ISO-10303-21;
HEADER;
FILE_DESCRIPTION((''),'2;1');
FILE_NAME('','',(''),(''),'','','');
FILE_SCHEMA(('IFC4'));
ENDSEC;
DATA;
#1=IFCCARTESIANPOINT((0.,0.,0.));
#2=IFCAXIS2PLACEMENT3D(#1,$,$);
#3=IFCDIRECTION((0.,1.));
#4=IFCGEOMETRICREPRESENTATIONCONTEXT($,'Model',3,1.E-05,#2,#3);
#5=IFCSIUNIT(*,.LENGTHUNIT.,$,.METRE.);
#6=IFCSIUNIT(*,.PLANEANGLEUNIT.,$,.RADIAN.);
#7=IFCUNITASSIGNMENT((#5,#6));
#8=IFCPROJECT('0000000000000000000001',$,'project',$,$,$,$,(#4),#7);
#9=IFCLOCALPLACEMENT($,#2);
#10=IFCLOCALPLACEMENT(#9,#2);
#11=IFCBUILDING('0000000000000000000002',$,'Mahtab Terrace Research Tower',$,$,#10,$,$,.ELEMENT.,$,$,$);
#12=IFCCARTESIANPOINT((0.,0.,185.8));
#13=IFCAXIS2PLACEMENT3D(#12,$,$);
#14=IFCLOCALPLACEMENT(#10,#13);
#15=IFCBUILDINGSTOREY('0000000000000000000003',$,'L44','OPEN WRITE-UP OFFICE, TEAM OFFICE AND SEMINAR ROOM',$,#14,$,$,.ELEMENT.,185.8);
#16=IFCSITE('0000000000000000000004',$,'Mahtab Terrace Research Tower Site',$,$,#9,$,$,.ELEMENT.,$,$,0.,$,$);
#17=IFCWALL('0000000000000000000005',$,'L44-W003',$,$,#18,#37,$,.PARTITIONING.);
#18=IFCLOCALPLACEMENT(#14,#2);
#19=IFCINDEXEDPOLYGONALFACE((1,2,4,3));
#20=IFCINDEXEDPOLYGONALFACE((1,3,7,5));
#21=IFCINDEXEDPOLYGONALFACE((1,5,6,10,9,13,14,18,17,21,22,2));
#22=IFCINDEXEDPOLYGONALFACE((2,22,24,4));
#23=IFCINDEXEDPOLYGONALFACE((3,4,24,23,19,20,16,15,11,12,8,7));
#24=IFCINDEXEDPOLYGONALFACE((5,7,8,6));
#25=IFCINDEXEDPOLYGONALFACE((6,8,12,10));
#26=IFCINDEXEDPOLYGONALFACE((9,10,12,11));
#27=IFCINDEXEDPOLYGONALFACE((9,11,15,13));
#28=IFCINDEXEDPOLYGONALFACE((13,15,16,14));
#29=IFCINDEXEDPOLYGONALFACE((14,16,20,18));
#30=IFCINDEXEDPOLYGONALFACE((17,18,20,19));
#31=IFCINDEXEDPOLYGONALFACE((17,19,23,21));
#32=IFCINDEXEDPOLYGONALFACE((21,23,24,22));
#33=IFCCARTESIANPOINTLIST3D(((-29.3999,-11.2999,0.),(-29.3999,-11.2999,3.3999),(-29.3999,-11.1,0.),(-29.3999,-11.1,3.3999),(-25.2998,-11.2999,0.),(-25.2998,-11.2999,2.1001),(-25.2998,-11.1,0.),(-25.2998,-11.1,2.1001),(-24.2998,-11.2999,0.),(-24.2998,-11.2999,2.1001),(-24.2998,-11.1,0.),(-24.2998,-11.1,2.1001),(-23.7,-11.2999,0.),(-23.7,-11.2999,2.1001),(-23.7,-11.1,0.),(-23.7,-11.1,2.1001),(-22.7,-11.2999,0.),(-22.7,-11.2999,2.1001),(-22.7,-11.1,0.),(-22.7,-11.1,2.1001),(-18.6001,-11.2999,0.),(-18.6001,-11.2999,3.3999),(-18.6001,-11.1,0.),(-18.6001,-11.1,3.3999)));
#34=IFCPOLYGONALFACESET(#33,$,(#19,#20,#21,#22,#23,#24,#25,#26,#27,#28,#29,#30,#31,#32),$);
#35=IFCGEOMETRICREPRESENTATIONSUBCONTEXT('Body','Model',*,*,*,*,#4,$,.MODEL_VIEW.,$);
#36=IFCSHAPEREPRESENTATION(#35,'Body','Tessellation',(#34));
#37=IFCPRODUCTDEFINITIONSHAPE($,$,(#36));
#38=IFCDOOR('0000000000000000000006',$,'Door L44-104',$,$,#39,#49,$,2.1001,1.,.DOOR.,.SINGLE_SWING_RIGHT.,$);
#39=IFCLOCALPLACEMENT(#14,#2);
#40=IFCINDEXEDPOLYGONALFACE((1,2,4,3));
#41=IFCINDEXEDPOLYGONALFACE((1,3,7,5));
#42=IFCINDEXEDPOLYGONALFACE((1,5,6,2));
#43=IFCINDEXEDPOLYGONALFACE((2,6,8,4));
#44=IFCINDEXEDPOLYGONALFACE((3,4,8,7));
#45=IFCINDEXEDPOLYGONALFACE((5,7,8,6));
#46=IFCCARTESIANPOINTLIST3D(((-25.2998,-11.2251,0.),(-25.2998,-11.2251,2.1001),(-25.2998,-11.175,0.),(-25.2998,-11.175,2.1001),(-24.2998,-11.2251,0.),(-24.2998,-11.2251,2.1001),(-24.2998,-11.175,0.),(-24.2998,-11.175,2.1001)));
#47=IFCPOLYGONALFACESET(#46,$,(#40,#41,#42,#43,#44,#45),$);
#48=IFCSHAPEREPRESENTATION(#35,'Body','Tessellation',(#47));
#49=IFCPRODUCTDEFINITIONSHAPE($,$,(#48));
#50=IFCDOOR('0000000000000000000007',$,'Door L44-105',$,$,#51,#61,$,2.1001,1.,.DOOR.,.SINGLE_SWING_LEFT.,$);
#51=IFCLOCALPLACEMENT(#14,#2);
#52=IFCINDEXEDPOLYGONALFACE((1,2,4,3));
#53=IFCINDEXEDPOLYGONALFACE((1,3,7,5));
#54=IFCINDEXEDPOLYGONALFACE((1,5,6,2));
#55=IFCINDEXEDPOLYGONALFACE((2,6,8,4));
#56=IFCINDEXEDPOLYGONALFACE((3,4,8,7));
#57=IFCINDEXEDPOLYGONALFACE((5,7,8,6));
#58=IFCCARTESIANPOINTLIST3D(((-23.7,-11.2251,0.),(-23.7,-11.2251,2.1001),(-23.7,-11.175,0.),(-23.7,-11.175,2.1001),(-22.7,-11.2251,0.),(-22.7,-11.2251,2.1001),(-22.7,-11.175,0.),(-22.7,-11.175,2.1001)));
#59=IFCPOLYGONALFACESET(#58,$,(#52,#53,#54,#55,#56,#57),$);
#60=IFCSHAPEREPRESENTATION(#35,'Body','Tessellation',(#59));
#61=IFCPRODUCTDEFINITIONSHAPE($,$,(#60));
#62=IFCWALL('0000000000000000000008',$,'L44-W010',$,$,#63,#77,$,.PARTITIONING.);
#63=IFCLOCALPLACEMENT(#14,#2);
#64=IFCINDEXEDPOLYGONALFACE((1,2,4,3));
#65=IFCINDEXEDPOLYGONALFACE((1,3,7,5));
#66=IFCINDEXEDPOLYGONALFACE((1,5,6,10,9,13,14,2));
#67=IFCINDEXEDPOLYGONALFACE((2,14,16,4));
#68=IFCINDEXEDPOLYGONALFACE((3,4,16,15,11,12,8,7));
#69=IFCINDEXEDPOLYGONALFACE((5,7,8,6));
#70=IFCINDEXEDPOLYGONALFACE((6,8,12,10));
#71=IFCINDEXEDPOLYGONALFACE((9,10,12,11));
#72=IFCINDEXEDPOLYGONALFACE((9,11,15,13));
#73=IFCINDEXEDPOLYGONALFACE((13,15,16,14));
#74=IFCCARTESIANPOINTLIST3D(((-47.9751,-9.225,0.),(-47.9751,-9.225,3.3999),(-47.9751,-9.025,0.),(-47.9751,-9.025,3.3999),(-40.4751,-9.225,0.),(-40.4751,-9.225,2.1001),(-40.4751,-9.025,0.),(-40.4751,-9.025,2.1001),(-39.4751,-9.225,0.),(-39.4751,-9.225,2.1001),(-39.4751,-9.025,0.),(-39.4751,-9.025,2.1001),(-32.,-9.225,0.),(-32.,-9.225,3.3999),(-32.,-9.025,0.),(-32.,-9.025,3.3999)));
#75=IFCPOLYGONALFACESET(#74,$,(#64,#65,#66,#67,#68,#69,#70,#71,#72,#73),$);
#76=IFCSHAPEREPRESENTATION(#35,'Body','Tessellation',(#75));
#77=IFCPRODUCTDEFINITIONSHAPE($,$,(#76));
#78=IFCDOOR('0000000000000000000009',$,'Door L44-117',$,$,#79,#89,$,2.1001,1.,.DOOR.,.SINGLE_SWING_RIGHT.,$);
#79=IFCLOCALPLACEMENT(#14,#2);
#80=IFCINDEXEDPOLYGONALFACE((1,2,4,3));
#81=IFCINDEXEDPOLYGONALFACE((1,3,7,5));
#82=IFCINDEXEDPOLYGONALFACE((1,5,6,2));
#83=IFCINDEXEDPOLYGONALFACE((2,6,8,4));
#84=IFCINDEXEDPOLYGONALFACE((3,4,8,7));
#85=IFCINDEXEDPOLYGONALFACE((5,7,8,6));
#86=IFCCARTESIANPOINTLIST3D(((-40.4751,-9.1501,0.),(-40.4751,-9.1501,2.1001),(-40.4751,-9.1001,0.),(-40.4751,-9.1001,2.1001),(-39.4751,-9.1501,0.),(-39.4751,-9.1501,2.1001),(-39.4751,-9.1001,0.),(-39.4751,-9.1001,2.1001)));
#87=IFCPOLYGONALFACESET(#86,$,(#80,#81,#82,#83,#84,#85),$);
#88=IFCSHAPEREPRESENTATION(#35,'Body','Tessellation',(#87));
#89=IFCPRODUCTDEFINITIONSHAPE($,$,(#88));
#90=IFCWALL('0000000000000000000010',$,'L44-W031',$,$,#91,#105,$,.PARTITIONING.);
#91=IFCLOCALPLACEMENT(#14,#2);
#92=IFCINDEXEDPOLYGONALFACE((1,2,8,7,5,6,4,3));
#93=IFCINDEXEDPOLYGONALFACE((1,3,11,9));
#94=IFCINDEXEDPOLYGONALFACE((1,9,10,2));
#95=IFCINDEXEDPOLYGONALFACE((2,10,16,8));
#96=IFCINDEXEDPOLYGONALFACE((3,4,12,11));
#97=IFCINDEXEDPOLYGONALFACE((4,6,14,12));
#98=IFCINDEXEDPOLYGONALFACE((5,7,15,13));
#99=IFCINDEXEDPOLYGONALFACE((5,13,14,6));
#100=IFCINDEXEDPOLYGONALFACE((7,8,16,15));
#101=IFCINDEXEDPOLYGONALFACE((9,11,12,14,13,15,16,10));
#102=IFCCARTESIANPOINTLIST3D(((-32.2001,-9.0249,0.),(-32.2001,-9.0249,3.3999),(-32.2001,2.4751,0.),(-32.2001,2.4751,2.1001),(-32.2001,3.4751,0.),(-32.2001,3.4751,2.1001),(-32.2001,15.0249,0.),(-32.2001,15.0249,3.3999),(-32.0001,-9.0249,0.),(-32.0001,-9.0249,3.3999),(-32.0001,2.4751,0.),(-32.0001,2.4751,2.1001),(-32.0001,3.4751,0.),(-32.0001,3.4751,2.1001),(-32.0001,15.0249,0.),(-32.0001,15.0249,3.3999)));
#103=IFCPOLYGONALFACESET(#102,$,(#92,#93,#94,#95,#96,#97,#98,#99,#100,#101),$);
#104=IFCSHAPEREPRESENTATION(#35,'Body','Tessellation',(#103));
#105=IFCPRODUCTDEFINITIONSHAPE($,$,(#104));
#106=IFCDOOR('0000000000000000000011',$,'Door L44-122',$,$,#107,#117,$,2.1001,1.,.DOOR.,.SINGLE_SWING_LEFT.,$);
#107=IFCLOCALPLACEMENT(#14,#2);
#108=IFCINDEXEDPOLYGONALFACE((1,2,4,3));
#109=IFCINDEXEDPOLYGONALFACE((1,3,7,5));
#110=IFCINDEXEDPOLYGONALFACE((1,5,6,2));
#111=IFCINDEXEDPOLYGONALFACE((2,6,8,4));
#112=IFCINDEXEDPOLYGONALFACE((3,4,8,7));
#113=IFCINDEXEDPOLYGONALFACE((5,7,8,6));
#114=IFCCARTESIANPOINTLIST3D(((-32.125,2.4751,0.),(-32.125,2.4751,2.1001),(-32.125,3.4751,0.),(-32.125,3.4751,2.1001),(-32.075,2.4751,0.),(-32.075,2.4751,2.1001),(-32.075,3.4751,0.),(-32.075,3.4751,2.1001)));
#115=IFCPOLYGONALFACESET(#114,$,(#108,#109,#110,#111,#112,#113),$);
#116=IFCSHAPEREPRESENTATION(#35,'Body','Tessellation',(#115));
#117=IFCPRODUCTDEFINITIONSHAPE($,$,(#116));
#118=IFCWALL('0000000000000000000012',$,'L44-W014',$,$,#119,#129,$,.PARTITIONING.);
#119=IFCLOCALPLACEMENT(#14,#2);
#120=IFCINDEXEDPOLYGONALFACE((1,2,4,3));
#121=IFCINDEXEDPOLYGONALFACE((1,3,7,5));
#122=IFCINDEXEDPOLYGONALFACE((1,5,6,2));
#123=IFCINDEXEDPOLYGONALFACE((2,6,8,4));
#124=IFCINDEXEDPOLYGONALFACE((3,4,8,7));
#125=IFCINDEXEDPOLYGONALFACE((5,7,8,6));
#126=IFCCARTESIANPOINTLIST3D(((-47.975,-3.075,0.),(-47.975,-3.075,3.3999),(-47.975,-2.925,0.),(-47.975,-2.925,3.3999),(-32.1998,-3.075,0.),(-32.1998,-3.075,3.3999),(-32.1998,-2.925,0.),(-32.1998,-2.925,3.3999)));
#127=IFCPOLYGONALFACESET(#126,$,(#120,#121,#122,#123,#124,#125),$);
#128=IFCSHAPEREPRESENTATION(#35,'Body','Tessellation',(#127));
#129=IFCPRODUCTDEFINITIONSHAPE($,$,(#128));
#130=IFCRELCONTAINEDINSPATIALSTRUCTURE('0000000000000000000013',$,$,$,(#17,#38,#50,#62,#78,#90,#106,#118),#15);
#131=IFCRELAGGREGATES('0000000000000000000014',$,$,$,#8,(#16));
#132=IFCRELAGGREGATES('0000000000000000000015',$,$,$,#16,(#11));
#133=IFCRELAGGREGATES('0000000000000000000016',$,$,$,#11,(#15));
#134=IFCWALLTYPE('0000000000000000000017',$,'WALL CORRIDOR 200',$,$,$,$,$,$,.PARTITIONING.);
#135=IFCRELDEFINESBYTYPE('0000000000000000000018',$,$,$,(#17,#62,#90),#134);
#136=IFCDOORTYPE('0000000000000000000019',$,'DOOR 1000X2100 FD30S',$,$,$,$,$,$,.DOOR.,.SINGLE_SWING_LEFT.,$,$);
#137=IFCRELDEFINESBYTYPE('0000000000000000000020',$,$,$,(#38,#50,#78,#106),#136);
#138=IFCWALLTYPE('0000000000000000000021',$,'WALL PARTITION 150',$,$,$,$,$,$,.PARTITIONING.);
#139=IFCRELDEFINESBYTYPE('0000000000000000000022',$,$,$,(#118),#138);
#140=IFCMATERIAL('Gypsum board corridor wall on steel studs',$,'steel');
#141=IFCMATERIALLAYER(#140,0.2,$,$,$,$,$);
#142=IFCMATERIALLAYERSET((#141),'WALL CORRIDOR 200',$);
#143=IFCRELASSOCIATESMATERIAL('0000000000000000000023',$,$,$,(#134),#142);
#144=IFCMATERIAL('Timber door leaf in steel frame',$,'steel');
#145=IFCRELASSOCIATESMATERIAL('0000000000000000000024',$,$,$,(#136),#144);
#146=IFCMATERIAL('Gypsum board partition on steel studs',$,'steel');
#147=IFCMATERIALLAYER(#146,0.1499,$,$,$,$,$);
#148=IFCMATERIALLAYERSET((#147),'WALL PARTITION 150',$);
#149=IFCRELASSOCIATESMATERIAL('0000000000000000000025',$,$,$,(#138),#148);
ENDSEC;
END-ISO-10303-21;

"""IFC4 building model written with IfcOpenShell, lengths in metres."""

from ifc_helpers import new_model, si_unit, direction, frame, frame_2d, origin, place, context, subcontext, project, spatial, rectangle, extrude, material, layer, layer_set, type_object, element, fill, save


model = new_model("IFC4")

# Units and contexts
model_context = context("Model", 3, precision=1e-05, world=origin(), true_north=direction((0.0, 1.0)))
body_context = subcontext(model_context, "Body", "Model", "MODEL_VIEW")
ifc_project = project(units=[si_unit("LENGTHUNIT", "METRE"), si_unit("PLANEANGLEUNIT", "RADIAN")], contexts=[model_context])

# Site, building, storey
site_placement = place(None, origin())
site = spatial("IfcSite", under=ifc_project, at=site_placement, Name="Mahtab Terrace Research Tower Site", CompositionType="ELEMENT", RefElevation=0.0)
building_placement = place(site_placement, origin())
building = spatial("IfcBuilding", under=site, at=building_placement, Name="Mahtab Terrace Research Tower", CompositionType="ELEMENT")
storey_placement = place(building_placement, frame((0.0, 0.0, 185.8)))
storey = spatial("IfcBuildingStorey", under=building, at=storey_placement, Name="L44", Description="OPEN WRITE-UP OFFICE, TEAM OFFICE AND SEMINAR ROOM", CompositionType="ELEMENT", Elevation=185.8)

# Shared definitions
ifc_material_1 = material(Name="Gypsum board corridor wall on steel studs", Category="steel")
ifc_layer_1 = layer(ifc_material_1, 0.2)
ifc_layer_set_1 = layer_set([ifc_layer_1], Name="WALL CORRIDOR 200")
wall_type_1 = type_object("IfcWallType", Name="WALL CORRIDOR 200", PredefinedType="PARTITIONING", material=ifc_layer_set_1)
ifc_material_2 = material(Name="Timber door leaf in steel frame", Category="steel")

# Wall, openings, doors
door_type_1 = type_object("IfcDoorType", Name="DOOR 1000X2100 FD30S", OperationType="SINGLE_SWING_LEFT", PredefinedType="DOOR", material=ifc_material_2)
wall_1_placement = place(storey_placement, frame((-29.3999, -11.2, 0.0), z_axis=(0.0, 0.0, 1.0), x_axis=(1.0, 0.0, 0.0)))
wall_1 = element("IfcWall", 1, at=wall_1_placement, inside=storey, type_object=wall_type_1, Name="L44-W003", PredefinedType="PARTITIONING", context=body_context, shape_type="SweptSolid", body=[
    extrude(rectangle(XDim=10.7998, YDim=0.2, at=frame_2d((5.3999, 0.0))), origin(), (0.0, 0.0, 1.0), 3.3999),
])
opening_1_placement = place(wall_1_placement, frame((4.1001, 0.0, 0.0)))
opening_1 = element("IfcOpeningElement", 2, at=opening_1_placement, cuts=wall_1, PredefinedType="OPENING", context=body_context, shape_type="SweptSolid", body=[
    extrude(rectangle(XDim=1.0, YDim=2.1001, at=frame_2d((0.5, 1.05))), frame((0.0, 0.1099, 0.0), z_axis=(0.0, -1.0, 0.0), x_axis=(1.0, 0.0, 0.0)), (0.0, 0.0, 1.0), 0.22),
])
opening_2_placement = place(wall_1_placement, frame((5.7, 0.0, 0.0)))
opening_2 = element("IfcOpeningElement", 3, at=opening_2_placement, cuts=wall_1, PredefinedType="OPENING", context=body_context, shape_type="SweptSolid", body=[
    extrude(rectangle(XDim=1.0, YDim=2.1001, at=frame_2d((0.5, 1.05))), frame((0.0, 0.1099, 0.0), z_axis=(0.0, -1.0, 0.0), x_axis=(1.0, 0.0, 0.0)), (0.0, 0.0, 1.0), 0.22),
])
door_1_placement = place(opening_1_placement, origin())
door_1 = element("IfcDoor", 4, at=door_1_placement, inside=storey, type_object=door_type_1, Name="Door L44-104", OperationType="SINGLE_SWING_RIGHT", OverallHeight=2.1001, OverallWidth=1.0, PredefinedType="DOOR", context=body_context, shape_type="SweptSolid", body=[
    extrude(rectangle(XDim=1.0, YDim=2.1001, at=frame_2d((0.5, 1.05))), frame((0.0, 0.0249, 0.0), z_axis=(0.0, -1.0, 0.0), x_axis=(1.0, 0.0, 0.0)), (0.0, 0.0, 1.0), 0.05),
])
fill(opening_1, door_1)
door_2_placement = place(opening_2_placement, origin())
door_2 = element("IfcDoor", 5, at=door_2_placement, inside=storey, type_object=door_type_1, Name="Door L44-105", OperationType="SINGLE_SWING_LEFT", OverallHeight=2.1001, OverallWidth=1.0, PredefinedType="DOOR", context=body_context, shape_type="SweptSolid", body=[
    extrude(rectangle(XDim=1.0, YDim=2.1001, at=frame_2d((0.5, 1.05))), frame((0.0, 0.0249, 0.0), z_axis=(0.0, -1.0, 0.0), x_axis=(1.0, 0.0, 0.0)), (0.0, 0.0, 1.0), 0.05),
])
fill(opening_2, door_2)

# Walls, openings, doors
wall_2_placement = place(storey_placement, frame((-47.9751, -9.125, 0.0), z_axis=(0.0, 0.0, 1.0), x_axis=(1.0, 0.0, 0.0)))
wall_2 = element("IfcWall", 6, at=wall_2_placement, inside=storey, type_object=wall_type_1, Name="L44-W010", PredefinedType="PARTITIONING", context=body_context, shape_type="SweptSolid", body=[
    extrude(rectangle(XDim=15.9751, YDim=0.2, at=frame_2d((7.9875, 0.0))), origin(), (0.0, 0.0, 1.0), 3.3999),
])
opening_3_placement = place(wall_2_placement, frame((7.5, 0.0, 0.0)))
opening_3 = element("IfcOpeningElement", 7, at=opening_3_placement, cuts=wall_2, PredefinedType="OPENING", context=body_context, shape_type="SweptSolid", body=[
    extrude(rectangle(XDim=1.0, YDim=2.1001, at=frame_2d((0.5, 1.05))), frame((0.0, 0.1099, 0.0), z_axis=(0.0, -1.0, 0.0), x_axis=(1.0, 0.0, 0.0)), (0.0, 0.0, 1.0), 0.22),
])
door_3_placement = place(opening_3_placement, origin())
door_3 = element("IfcDoor", 8, at=door_3_placement, inside=storey, type_object=door_type_1, Name="Door L44-117", OperationType="SINGLE_SWING_RIGHT", OverallHeight=2.1001, OverallWidth=1.0, PredefinedType="DOOR", context=body_context, shape_type="SweptSolid", body=[
    extrude(rectangle(XDim=1.0, YDim=2.1001, at=frame_2d((0.5, 1.05))), frame((0.0, 0.0249, 0.0), z_axis=(0.0, -1.0, 0.0), x_axis=(1.0, 0.0, 0.0)), (0.0, 0.0, 1.0), 0.05),
])
fill(opening_3, door_3)
wall_3_placement = place(storey_placement, frame((-32.1001, -9.0249, 0.0), z_axis=(0.0, 0.0, 1.0), x_axis=(0.0, 1.0, 0.0)))
wall_3 = element("IfcWall", 9, at=wall_3_placement, inside=storey, type_object=wall_type_1, Name="L44-W031", PredefinedType="PARTITIONING", context=body_context, shape_type="SweptSolid", body=[
    extrude(rectangle(XDim=24.0498, YDim=0.2, at=frame_2d((12.0249, 0.0))), origin(), (0.0, 0.0, 1.0), 3.3999),
])
opening_4_placement = place(wall_3_placement, frame((11.5, 0.0, 0.0)))
opening_4 = element("IfcOpeningElement", 10, at=opening_4_placement, cuts=wall_3, PredefinedType="OPENING", context=body_context, shape_type="SweptSolid", body=[
    extrude(rectangle(XDim=1.0, YDim=2.1001, at=frame_2d((0.5, 1.05))), frame((0.0, 0.1099, 0.0), z_axis=(0.0, -1.0, 0.0), x_axis=(1.0, 0.0, 0.0)), (0.0, 0.0, 1.0), 0.22),
])
door_4_placement = place(opening_4_placement, origin())
door_4 = element("IfcDoor", 11, at=door_4_placement, inside=storey, type_object=door_type_1, Name="Door L44-122", OperationType="SINGLE_SWING_LEFT", OverallHeight=2.1001, OverallWidth=1.0, PredefinedType="DOOR", context=body_context, shape_type="SweptSolid", body=[
    extrude(rectangle(XDim=1.0, YDim=2.1001, at=frame_2d((0.5, 1.05))), frame((0.0, 0.0249, 0.0), z_axis=(0.0, -1.0, 0.0), x_axis=(1.0, 0.0, 0.0)), (0.0, 0.0, 1.0), 0.05),
])
fill(opening_4, door_4)

# Wall
ifc_material_3 = material(Name="Gypsum board partition on steel studs", Category="steel")
ifc_layer_2 = layer(ifc_material_3, 0.1499)
ifc_layer_set_2 = layer_set([ifc_layer_2], Name="WALL PARTITION 150")
wall_type_2 = type_object("IfcWallType", Name="WALL PARTITION 150", PredefinedType="PARTITIONING", material=ifc_layer_set_2)
wall_4_placement = place(storey_placement, frame((-47.9751, -3.0, 0.0), z_axis=(0.0, 0.0, 1.0), x_axis=(1.0, 0.0, 0.0)))
element("IfcWall", 12, at=wall_4_placement, inside=storey, type_object=wall_type_2, Name="L44-W014", PredefinedType="PARTITIONING", context=body_context, shape_type="SweptSolid", body=[
    extrude(rectangle(XDim=15.7751, YDim=0.1499, at=frame_2d((7.8877, 0.0))), origin(), (0.0, 0.0, 1.0), 3.3999),
])

save(model, "model.ifc")
